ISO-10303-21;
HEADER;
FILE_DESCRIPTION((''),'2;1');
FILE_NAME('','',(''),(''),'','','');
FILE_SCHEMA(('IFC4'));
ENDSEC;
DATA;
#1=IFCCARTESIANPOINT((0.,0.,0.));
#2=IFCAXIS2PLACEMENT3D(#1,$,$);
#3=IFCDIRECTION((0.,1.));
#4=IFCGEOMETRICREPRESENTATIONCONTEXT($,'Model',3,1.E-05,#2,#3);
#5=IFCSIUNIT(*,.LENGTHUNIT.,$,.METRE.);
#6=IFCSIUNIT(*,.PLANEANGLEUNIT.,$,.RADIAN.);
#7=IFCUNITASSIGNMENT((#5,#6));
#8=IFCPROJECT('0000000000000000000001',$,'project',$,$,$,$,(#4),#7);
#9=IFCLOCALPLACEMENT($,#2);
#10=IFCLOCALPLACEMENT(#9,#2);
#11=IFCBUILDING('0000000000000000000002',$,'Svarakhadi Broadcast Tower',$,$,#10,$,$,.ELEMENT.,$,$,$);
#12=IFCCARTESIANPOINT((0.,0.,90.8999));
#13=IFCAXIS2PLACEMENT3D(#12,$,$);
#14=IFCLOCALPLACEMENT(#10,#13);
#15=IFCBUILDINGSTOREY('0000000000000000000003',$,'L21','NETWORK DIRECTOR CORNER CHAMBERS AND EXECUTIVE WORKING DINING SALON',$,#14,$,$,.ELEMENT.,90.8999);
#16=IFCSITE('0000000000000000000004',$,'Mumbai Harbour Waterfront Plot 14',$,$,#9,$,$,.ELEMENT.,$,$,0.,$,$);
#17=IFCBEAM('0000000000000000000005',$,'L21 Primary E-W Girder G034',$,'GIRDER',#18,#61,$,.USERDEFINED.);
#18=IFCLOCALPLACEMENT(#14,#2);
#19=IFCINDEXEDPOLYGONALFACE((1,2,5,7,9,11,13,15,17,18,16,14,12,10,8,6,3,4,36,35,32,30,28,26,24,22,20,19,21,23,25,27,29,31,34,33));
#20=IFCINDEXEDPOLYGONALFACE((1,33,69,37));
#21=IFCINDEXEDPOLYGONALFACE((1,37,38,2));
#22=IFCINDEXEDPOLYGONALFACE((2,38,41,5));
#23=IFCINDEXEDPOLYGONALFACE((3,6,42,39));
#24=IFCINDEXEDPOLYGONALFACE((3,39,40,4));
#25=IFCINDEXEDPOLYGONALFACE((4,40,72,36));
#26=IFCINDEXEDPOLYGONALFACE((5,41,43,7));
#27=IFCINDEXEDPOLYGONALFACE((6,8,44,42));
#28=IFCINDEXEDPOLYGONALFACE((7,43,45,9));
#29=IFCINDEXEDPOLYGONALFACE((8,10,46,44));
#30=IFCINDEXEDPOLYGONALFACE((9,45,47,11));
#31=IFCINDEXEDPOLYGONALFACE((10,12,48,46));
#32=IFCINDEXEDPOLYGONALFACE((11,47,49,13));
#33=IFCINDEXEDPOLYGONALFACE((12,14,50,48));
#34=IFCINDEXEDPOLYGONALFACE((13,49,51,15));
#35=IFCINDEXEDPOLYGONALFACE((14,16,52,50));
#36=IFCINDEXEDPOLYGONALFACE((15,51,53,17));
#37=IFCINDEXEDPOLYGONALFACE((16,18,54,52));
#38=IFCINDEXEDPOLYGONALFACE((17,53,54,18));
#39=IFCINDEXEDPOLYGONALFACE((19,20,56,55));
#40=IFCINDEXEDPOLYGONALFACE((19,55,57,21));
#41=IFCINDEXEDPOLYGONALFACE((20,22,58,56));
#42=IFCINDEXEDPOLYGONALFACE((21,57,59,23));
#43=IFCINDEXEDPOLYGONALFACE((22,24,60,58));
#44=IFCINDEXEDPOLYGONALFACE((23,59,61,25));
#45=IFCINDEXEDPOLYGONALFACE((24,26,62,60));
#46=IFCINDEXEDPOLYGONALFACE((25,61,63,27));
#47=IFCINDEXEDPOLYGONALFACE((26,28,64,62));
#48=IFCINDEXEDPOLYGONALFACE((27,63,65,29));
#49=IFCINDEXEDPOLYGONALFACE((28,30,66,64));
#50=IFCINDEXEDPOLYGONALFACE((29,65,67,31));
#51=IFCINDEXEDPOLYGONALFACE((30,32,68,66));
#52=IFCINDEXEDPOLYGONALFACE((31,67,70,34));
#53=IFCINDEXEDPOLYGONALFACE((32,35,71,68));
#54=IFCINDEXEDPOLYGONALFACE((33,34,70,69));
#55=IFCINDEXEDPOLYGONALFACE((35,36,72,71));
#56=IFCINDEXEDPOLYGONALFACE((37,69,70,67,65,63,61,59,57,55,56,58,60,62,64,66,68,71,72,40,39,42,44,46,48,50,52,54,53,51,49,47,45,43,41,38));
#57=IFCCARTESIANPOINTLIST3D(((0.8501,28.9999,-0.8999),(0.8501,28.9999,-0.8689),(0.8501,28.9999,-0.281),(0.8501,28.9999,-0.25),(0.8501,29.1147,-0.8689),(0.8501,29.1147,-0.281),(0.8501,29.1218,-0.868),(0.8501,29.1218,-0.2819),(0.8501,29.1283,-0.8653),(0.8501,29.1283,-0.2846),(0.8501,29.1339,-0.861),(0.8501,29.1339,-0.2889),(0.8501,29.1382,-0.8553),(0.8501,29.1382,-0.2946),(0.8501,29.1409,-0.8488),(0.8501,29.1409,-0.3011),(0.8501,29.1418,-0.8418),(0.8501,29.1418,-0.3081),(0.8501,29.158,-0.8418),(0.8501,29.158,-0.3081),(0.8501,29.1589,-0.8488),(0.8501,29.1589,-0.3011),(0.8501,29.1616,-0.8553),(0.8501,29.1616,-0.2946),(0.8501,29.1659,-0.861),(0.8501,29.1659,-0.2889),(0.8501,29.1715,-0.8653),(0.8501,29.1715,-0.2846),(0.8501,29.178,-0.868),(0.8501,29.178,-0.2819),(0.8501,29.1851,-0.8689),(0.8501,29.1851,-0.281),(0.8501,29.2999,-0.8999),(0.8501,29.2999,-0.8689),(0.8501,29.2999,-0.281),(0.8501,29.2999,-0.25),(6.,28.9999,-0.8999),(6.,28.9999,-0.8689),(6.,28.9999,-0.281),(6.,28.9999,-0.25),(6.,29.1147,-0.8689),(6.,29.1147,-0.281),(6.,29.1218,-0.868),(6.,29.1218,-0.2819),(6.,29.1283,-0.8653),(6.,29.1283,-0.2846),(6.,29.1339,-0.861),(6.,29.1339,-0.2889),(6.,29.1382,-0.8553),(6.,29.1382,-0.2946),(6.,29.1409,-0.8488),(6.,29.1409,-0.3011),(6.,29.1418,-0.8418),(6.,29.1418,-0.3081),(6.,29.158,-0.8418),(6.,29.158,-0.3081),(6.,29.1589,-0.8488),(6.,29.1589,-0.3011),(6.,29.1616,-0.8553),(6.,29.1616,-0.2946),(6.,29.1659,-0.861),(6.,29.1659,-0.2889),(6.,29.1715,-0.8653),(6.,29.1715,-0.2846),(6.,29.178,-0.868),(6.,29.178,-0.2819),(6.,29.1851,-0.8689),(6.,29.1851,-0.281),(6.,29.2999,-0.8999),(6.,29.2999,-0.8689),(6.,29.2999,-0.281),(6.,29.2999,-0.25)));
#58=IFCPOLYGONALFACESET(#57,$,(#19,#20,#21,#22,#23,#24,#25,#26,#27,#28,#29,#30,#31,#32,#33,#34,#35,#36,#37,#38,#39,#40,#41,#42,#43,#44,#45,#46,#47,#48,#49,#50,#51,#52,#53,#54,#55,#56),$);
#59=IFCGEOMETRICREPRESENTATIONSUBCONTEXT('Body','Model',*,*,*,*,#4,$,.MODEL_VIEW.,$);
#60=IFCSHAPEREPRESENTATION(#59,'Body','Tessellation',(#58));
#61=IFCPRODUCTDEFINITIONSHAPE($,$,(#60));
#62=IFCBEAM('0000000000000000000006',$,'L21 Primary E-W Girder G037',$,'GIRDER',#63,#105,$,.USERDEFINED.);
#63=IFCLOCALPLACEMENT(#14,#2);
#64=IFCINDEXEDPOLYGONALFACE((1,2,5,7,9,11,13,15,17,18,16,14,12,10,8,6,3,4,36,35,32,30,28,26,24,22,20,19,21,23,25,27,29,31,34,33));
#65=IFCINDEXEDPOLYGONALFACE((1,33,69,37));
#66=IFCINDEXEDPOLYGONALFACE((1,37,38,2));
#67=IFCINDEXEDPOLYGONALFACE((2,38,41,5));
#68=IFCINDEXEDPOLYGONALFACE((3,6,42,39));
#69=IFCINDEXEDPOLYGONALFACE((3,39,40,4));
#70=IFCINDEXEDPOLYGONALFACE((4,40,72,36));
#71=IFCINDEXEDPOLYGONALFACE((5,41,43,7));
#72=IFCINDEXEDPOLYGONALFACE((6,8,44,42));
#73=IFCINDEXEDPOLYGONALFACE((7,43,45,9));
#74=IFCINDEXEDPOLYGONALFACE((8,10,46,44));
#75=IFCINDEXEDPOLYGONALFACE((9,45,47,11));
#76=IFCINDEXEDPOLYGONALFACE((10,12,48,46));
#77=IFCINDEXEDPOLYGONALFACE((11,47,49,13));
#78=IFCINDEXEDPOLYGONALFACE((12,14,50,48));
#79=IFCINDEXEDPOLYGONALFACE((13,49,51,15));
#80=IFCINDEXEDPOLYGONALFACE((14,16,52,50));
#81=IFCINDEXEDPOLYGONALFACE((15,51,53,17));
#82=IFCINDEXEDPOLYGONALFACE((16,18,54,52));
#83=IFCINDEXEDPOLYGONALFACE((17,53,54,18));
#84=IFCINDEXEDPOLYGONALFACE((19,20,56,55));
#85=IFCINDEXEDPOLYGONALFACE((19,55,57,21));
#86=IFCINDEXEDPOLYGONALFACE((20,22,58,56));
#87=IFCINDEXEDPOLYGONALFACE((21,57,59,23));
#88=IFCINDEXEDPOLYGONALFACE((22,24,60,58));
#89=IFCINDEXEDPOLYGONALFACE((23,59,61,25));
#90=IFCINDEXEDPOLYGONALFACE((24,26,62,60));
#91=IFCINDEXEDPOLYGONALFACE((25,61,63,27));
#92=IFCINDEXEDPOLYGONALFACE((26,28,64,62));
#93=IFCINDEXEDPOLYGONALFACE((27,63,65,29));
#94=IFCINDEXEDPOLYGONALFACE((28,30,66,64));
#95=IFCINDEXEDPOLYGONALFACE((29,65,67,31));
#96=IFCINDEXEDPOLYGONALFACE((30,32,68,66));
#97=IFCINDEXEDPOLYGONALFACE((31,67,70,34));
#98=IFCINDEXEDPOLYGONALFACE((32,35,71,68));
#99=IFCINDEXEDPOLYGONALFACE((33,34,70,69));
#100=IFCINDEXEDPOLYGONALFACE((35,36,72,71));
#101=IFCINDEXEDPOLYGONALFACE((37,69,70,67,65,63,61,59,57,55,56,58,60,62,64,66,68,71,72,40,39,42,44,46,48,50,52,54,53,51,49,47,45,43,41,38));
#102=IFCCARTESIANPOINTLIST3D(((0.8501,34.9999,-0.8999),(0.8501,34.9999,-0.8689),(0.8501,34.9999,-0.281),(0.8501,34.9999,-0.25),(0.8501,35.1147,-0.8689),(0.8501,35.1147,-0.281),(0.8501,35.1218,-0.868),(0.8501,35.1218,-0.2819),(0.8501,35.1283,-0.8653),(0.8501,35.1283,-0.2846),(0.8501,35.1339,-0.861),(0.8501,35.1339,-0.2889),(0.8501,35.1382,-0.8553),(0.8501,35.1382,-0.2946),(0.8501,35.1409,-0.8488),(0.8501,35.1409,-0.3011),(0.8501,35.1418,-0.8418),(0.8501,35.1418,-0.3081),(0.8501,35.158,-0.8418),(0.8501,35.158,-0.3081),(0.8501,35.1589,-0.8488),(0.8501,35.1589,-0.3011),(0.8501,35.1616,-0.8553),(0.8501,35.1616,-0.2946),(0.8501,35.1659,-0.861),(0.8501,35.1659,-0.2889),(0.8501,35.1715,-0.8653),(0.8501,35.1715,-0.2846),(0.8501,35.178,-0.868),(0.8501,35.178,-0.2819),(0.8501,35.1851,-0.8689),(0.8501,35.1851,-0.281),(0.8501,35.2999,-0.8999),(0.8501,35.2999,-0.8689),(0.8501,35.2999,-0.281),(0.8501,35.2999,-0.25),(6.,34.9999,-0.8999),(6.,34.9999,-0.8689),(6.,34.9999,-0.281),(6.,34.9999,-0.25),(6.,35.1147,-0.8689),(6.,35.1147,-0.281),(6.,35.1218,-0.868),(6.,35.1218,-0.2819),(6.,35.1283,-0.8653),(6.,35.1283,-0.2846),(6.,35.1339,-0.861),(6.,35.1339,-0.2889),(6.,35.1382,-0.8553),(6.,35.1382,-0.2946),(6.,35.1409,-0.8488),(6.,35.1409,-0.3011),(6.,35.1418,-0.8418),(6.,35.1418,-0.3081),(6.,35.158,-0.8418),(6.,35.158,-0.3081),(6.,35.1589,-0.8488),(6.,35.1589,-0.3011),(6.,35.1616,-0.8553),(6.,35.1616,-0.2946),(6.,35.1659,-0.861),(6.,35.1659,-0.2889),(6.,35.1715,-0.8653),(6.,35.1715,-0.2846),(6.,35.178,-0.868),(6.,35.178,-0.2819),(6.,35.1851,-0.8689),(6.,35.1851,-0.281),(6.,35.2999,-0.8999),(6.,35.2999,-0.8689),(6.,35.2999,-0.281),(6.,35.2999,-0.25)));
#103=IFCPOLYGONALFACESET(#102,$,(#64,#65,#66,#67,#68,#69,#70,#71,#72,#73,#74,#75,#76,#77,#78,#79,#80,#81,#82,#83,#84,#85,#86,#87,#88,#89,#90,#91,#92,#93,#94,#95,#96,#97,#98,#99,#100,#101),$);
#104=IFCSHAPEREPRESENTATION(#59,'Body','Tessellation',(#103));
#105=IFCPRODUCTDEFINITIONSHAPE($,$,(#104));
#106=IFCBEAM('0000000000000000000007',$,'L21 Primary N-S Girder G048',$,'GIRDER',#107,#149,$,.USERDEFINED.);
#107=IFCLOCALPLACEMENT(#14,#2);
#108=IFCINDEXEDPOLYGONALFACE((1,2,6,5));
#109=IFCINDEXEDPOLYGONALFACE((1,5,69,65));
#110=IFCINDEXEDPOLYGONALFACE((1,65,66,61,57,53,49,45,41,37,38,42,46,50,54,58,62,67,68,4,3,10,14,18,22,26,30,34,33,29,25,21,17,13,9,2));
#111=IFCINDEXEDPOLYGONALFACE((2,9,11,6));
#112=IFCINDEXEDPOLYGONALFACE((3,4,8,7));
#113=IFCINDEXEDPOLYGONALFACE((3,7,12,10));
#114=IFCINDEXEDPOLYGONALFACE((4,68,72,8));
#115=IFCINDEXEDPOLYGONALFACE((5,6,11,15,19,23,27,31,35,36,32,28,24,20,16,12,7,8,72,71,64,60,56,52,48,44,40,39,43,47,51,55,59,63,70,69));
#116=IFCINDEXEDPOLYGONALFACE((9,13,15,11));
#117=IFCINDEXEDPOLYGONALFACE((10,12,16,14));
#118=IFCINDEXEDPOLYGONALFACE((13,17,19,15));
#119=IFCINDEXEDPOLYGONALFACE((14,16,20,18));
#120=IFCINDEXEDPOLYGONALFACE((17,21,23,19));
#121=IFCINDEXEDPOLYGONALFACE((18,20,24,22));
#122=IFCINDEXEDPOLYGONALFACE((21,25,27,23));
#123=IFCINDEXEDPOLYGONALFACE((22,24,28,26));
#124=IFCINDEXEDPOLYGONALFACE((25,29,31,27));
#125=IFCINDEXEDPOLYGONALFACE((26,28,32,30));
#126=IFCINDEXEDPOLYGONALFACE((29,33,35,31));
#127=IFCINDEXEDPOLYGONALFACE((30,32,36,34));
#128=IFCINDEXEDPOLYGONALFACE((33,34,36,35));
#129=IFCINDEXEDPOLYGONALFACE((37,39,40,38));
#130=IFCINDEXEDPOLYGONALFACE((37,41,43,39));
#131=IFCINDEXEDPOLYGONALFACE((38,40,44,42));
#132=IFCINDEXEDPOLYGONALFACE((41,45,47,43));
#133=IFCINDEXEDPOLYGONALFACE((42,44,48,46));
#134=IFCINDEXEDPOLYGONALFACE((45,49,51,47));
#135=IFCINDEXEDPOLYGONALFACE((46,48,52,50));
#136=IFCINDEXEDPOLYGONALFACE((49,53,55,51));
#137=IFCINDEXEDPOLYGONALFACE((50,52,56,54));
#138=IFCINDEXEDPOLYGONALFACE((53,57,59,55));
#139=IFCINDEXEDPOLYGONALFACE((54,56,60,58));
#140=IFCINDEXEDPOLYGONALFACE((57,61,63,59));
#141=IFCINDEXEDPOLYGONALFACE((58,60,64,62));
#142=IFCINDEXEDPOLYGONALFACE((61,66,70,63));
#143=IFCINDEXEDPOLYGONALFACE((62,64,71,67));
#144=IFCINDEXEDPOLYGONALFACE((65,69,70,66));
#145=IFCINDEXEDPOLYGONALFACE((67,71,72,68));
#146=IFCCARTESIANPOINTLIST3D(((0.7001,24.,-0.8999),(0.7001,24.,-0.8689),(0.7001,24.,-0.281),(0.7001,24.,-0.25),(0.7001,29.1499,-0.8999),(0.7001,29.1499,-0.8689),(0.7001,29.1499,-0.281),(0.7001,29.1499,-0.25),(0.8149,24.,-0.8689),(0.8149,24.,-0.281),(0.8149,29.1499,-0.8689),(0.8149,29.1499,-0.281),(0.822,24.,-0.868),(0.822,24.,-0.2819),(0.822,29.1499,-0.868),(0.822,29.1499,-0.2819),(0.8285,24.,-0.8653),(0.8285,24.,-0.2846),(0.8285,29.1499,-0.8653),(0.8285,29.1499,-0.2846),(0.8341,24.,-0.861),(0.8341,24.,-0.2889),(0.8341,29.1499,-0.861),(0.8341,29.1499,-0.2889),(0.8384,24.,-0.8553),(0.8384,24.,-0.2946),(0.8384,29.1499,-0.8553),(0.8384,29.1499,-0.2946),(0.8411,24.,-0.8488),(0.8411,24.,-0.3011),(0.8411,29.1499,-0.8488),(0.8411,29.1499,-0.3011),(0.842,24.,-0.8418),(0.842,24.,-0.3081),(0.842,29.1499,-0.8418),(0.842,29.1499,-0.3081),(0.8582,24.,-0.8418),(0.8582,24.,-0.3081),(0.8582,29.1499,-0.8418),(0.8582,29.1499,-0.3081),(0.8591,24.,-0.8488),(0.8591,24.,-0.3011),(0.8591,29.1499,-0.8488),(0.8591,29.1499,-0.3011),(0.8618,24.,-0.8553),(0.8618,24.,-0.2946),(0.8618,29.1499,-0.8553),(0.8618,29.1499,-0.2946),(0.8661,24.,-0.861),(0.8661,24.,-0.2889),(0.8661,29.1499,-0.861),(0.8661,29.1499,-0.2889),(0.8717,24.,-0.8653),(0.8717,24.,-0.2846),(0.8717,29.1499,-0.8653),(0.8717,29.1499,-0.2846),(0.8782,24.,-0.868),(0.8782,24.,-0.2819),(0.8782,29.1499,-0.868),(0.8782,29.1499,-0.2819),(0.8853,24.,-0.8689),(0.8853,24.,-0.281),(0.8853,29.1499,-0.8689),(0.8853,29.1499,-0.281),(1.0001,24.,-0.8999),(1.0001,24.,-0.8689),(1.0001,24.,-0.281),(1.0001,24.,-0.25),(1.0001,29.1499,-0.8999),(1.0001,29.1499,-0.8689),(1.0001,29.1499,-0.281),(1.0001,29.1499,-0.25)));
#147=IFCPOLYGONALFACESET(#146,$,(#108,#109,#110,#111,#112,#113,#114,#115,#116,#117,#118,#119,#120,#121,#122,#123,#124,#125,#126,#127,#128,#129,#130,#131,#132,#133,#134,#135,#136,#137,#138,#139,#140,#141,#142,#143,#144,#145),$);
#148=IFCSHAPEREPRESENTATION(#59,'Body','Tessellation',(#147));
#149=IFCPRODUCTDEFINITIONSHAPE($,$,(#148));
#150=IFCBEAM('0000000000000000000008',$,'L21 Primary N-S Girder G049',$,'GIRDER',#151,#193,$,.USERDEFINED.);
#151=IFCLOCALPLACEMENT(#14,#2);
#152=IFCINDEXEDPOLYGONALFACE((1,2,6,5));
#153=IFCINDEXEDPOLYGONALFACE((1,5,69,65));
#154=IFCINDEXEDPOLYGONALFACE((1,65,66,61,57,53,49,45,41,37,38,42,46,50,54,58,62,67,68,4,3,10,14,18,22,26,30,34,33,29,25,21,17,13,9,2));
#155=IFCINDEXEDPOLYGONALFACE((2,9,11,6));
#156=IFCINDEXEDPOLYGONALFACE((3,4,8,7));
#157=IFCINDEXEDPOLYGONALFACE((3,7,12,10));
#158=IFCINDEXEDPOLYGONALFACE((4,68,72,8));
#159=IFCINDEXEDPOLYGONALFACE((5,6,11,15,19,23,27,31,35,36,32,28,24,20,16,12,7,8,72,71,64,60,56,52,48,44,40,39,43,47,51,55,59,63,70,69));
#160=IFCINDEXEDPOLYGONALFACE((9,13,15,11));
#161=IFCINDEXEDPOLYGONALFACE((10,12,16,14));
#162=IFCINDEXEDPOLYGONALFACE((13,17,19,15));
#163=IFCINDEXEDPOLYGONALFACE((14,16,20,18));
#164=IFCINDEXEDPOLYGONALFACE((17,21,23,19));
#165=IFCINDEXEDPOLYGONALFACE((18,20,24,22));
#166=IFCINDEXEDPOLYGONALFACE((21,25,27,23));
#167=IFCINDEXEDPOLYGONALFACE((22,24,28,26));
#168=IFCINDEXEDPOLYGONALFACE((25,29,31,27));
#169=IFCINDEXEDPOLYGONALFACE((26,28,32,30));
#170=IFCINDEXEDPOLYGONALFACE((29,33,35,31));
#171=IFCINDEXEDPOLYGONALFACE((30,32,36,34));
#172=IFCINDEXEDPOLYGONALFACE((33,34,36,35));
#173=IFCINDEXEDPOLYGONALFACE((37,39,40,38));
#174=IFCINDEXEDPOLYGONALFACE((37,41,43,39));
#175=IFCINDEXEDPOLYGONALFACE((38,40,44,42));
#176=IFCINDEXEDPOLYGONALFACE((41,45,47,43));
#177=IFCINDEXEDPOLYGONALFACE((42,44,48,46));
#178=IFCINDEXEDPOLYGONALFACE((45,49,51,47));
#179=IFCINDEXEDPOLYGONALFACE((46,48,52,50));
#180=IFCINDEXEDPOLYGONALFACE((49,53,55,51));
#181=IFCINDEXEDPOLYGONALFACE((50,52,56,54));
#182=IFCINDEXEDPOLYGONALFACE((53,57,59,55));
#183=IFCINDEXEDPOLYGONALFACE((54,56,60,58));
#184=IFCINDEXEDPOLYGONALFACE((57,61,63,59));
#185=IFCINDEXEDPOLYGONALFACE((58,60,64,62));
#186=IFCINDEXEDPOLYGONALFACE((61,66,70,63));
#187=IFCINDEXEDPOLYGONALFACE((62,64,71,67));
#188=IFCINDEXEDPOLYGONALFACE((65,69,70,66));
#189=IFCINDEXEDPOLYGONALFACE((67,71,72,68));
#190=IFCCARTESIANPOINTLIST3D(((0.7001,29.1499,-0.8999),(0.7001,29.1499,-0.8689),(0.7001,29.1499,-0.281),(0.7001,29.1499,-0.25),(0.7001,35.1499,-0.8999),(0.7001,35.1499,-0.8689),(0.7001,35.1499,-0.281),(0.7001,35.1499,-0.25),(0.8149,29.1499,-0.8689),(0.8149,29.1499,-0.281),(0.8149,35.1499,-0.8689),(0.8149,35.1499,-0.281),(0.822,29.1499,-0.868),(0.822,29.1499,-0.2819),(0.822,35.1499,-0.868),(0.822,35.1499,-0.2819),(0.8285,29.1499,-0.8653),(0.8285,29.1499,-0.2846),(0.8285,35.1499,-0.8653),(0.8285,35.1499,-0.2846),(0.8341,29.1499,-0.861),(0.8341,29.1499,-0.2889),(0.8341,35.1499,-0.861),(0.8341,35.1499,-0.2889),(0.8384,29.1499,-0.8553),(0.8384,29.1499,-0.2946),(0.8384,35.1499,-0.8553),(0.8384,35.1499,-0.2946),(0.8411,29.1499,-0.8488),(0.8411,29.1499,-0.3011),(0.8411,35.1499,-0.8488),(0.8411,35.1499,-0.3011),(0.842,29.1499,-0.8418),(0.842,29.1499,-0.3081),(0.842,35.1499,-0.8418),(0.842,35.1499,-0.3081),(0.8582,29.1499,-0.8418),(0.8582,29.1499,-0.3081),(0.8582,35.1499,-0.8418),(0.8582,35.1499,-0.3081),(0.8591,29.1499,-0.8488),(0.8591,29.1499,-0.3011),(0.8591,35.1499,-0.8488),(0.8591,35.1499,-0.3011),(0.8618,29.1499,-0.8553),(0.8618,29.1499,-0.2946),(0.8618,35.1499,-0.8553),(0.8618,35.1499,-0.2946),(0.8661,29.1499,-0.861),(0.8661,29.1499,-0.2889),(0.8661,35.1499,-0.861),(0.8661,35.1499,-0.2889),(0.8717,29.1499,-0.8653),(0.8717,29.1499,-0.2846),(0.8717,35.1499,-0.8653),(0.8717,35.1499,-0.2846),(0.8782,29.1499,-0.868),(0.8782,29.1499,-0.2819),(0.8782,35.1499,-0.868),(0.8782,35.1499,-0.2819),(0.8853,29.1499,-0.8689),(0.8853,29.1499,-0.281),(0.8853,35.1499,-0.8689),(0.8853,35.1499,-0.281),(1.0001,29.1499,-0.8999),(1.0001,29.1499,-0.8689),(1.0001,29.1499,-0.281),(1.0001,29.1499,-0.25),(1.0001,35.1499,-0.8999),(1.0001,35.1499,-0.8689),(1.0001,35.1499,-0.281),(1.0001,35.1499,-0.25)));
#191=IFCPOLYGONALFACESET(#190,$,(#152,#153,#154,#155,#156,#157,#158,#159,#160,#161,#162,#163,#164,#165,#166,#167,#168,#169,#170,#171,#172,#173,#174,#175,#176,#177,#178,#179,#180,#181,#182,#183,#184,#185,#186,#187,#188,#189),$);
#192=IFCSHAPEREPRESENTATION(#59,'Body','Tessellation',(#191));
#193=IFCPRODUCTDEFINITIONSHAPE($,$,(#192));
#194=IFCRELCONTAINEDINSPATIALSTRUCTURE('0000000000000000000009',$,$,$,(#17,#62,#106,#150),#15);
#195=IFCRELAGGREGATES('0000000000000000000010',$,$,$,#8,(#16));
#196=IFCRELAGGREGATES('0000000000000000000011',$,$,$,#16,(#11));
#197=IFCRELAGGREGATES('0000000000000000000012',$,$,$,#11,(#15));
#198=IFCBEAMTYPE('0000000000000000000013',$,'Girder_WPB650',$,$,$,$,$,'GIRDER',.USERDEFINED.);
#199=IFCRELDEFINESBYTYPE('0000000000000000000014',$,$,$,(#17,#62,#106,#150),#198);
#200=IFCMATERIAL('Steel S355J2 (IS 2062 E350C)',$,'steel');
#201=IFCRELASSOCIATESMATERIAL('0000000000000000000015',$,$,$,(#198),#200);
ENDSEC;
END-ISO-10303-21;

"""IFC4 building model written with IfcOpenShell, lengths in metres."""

from ifc_helpers import new_model, si_unit, direction, frame, origin, origin_2d, place, context, subcontext, project, spatial, i_section, extrude, material, material_profile, profile_set, type_object, element, save


model = new_model("IFC4")

# Units and contexts
model_context = context("Model", 3, precision=1e-05, world=origin(), true_north=direction((0.0, 1.0)))
body_context = subcontext(model_context, "Body", "Model", "MODEL_VIEW")
ifc_project = project(units=[si_unit("LENGTHUNIT", "METRE"), si_unit("PLANEANGLEUNIT", "RADIAN")], contexts=[model_context])

# Site, building, storey
site_placement = place(None, origin())
site = spatial("IfcSite", under=ifc_project, at=site_placement, Name="Mumbai Harbour Waterfront Plot 14", CompositionType="ELEMENT", RefElevation=0.0)
building_placement = place(site_placement, origin())
building = spatial("IfcBuilding", under=site, at=building_placement, Name="Svarakhadi Broadcast Tower", CompositionType="ELEMENT")
storey_placement = place(building_placement, frame((0.0, 0.0, 90.8999)))
storey = spatial("IfcBuildingStorey", under=building, at=storey_placement, Name="L21", Description="NETWORK DIRECTOR CORNER CHAMBERS AND EXECUTIVE WORKING DINING SALON", CompositionType="ELEMENT", Elevation=90.8999)

# Shared definitions
ifc_material_1 = material(Name="Steel S355J2 (IS 2062 E350C)", Category="steel")

# Beams
ifc_material_profile_1 = material_profile(ifc_material_1, i_section(OverallWidth=0.3, OverallDepth=0.6499, WebThickness=0.0161, FlangeThickness=0.031, FilletRadius=0.0271, at=origin_2d()), Name="WPB 650x300x225")
ifc_profile_set_1 = profile_set([ifc_material_profile_1], Name="Steel S355J2 (IS 2062 E350C)")
beam_type_1 = type_object("IfcBeamType", Name="Girder_WPB650", ElementType="GIRDER", PredefinedType="USERDEFINED", material=ifc_profile_set_1)
for number, where, z_axis, x_axis, name in (
    (1, (0.8501, 29.1499, -0.575), (1.0, 0.0, 0.0), (0.0, 1.0, 0.0), "L21 Primary E-W Girder G034"),
    (2, (0.8501, 35.1499, -0.575), (1.0, 0.0, 0.0), (0.0, 1.0, 0.0), "L21 Primary E-W Girder G037"),
    (3, (0.8501, 24.0, -0.575), (0.0, 1.0, 0.0), (-1.0, 0.0, 0.0), "L21 Primary N-S Girder G048"),
):
    element("IfcBeam", number, at=place(storey_placement, frame(where, z_axis=z_axis, x_axis=x_axis)), inside=storey, type_object=beam_type_1, Name=name, ObjectType="GIRDER", PredefinedType="USERDEFINED", context=body_context, shape_type="SweptSolid", body=[
        extrude(i_section(OverallWidth=0.3, OverallDepth=0.6499, WebThickness=0.0161, FlangeThickness=0.031, FilletRadius=0.0271, at=origin_2d()), origin(), (0.0, 0.0, 1.0), 5.1499),
    ])
for number, where, z_axis, x_axis, name in (
    (4, (0.8501, 29.1499, -0.575), (0.0, 1.0, 0.0), (-1.0, 0.0, 0.0), "L21 Primary N-S Girder G049"),
):
    element("IfcBeam", number, at=place(storey_placement, frame(where, z_axis=z_axis, x_axis=x_axis)), inside=storey, type_object=beam_type_1, Name=name, ObjectType="GIRDER", PredefinedType="USERDEFINED", context=body_context, shape_type="SweptSolid", body=[
        extrude(i_section(OverallWidth=0.3, OverallDepth=0.6499, WebThickness=0.0161, FlangeThickness=0.031, FilletRadius=0.0271, at=origin_2d()), origin(), (0.0, 0.0, 1.0), 6.0),
    ])

save(model, "model.ifc")
